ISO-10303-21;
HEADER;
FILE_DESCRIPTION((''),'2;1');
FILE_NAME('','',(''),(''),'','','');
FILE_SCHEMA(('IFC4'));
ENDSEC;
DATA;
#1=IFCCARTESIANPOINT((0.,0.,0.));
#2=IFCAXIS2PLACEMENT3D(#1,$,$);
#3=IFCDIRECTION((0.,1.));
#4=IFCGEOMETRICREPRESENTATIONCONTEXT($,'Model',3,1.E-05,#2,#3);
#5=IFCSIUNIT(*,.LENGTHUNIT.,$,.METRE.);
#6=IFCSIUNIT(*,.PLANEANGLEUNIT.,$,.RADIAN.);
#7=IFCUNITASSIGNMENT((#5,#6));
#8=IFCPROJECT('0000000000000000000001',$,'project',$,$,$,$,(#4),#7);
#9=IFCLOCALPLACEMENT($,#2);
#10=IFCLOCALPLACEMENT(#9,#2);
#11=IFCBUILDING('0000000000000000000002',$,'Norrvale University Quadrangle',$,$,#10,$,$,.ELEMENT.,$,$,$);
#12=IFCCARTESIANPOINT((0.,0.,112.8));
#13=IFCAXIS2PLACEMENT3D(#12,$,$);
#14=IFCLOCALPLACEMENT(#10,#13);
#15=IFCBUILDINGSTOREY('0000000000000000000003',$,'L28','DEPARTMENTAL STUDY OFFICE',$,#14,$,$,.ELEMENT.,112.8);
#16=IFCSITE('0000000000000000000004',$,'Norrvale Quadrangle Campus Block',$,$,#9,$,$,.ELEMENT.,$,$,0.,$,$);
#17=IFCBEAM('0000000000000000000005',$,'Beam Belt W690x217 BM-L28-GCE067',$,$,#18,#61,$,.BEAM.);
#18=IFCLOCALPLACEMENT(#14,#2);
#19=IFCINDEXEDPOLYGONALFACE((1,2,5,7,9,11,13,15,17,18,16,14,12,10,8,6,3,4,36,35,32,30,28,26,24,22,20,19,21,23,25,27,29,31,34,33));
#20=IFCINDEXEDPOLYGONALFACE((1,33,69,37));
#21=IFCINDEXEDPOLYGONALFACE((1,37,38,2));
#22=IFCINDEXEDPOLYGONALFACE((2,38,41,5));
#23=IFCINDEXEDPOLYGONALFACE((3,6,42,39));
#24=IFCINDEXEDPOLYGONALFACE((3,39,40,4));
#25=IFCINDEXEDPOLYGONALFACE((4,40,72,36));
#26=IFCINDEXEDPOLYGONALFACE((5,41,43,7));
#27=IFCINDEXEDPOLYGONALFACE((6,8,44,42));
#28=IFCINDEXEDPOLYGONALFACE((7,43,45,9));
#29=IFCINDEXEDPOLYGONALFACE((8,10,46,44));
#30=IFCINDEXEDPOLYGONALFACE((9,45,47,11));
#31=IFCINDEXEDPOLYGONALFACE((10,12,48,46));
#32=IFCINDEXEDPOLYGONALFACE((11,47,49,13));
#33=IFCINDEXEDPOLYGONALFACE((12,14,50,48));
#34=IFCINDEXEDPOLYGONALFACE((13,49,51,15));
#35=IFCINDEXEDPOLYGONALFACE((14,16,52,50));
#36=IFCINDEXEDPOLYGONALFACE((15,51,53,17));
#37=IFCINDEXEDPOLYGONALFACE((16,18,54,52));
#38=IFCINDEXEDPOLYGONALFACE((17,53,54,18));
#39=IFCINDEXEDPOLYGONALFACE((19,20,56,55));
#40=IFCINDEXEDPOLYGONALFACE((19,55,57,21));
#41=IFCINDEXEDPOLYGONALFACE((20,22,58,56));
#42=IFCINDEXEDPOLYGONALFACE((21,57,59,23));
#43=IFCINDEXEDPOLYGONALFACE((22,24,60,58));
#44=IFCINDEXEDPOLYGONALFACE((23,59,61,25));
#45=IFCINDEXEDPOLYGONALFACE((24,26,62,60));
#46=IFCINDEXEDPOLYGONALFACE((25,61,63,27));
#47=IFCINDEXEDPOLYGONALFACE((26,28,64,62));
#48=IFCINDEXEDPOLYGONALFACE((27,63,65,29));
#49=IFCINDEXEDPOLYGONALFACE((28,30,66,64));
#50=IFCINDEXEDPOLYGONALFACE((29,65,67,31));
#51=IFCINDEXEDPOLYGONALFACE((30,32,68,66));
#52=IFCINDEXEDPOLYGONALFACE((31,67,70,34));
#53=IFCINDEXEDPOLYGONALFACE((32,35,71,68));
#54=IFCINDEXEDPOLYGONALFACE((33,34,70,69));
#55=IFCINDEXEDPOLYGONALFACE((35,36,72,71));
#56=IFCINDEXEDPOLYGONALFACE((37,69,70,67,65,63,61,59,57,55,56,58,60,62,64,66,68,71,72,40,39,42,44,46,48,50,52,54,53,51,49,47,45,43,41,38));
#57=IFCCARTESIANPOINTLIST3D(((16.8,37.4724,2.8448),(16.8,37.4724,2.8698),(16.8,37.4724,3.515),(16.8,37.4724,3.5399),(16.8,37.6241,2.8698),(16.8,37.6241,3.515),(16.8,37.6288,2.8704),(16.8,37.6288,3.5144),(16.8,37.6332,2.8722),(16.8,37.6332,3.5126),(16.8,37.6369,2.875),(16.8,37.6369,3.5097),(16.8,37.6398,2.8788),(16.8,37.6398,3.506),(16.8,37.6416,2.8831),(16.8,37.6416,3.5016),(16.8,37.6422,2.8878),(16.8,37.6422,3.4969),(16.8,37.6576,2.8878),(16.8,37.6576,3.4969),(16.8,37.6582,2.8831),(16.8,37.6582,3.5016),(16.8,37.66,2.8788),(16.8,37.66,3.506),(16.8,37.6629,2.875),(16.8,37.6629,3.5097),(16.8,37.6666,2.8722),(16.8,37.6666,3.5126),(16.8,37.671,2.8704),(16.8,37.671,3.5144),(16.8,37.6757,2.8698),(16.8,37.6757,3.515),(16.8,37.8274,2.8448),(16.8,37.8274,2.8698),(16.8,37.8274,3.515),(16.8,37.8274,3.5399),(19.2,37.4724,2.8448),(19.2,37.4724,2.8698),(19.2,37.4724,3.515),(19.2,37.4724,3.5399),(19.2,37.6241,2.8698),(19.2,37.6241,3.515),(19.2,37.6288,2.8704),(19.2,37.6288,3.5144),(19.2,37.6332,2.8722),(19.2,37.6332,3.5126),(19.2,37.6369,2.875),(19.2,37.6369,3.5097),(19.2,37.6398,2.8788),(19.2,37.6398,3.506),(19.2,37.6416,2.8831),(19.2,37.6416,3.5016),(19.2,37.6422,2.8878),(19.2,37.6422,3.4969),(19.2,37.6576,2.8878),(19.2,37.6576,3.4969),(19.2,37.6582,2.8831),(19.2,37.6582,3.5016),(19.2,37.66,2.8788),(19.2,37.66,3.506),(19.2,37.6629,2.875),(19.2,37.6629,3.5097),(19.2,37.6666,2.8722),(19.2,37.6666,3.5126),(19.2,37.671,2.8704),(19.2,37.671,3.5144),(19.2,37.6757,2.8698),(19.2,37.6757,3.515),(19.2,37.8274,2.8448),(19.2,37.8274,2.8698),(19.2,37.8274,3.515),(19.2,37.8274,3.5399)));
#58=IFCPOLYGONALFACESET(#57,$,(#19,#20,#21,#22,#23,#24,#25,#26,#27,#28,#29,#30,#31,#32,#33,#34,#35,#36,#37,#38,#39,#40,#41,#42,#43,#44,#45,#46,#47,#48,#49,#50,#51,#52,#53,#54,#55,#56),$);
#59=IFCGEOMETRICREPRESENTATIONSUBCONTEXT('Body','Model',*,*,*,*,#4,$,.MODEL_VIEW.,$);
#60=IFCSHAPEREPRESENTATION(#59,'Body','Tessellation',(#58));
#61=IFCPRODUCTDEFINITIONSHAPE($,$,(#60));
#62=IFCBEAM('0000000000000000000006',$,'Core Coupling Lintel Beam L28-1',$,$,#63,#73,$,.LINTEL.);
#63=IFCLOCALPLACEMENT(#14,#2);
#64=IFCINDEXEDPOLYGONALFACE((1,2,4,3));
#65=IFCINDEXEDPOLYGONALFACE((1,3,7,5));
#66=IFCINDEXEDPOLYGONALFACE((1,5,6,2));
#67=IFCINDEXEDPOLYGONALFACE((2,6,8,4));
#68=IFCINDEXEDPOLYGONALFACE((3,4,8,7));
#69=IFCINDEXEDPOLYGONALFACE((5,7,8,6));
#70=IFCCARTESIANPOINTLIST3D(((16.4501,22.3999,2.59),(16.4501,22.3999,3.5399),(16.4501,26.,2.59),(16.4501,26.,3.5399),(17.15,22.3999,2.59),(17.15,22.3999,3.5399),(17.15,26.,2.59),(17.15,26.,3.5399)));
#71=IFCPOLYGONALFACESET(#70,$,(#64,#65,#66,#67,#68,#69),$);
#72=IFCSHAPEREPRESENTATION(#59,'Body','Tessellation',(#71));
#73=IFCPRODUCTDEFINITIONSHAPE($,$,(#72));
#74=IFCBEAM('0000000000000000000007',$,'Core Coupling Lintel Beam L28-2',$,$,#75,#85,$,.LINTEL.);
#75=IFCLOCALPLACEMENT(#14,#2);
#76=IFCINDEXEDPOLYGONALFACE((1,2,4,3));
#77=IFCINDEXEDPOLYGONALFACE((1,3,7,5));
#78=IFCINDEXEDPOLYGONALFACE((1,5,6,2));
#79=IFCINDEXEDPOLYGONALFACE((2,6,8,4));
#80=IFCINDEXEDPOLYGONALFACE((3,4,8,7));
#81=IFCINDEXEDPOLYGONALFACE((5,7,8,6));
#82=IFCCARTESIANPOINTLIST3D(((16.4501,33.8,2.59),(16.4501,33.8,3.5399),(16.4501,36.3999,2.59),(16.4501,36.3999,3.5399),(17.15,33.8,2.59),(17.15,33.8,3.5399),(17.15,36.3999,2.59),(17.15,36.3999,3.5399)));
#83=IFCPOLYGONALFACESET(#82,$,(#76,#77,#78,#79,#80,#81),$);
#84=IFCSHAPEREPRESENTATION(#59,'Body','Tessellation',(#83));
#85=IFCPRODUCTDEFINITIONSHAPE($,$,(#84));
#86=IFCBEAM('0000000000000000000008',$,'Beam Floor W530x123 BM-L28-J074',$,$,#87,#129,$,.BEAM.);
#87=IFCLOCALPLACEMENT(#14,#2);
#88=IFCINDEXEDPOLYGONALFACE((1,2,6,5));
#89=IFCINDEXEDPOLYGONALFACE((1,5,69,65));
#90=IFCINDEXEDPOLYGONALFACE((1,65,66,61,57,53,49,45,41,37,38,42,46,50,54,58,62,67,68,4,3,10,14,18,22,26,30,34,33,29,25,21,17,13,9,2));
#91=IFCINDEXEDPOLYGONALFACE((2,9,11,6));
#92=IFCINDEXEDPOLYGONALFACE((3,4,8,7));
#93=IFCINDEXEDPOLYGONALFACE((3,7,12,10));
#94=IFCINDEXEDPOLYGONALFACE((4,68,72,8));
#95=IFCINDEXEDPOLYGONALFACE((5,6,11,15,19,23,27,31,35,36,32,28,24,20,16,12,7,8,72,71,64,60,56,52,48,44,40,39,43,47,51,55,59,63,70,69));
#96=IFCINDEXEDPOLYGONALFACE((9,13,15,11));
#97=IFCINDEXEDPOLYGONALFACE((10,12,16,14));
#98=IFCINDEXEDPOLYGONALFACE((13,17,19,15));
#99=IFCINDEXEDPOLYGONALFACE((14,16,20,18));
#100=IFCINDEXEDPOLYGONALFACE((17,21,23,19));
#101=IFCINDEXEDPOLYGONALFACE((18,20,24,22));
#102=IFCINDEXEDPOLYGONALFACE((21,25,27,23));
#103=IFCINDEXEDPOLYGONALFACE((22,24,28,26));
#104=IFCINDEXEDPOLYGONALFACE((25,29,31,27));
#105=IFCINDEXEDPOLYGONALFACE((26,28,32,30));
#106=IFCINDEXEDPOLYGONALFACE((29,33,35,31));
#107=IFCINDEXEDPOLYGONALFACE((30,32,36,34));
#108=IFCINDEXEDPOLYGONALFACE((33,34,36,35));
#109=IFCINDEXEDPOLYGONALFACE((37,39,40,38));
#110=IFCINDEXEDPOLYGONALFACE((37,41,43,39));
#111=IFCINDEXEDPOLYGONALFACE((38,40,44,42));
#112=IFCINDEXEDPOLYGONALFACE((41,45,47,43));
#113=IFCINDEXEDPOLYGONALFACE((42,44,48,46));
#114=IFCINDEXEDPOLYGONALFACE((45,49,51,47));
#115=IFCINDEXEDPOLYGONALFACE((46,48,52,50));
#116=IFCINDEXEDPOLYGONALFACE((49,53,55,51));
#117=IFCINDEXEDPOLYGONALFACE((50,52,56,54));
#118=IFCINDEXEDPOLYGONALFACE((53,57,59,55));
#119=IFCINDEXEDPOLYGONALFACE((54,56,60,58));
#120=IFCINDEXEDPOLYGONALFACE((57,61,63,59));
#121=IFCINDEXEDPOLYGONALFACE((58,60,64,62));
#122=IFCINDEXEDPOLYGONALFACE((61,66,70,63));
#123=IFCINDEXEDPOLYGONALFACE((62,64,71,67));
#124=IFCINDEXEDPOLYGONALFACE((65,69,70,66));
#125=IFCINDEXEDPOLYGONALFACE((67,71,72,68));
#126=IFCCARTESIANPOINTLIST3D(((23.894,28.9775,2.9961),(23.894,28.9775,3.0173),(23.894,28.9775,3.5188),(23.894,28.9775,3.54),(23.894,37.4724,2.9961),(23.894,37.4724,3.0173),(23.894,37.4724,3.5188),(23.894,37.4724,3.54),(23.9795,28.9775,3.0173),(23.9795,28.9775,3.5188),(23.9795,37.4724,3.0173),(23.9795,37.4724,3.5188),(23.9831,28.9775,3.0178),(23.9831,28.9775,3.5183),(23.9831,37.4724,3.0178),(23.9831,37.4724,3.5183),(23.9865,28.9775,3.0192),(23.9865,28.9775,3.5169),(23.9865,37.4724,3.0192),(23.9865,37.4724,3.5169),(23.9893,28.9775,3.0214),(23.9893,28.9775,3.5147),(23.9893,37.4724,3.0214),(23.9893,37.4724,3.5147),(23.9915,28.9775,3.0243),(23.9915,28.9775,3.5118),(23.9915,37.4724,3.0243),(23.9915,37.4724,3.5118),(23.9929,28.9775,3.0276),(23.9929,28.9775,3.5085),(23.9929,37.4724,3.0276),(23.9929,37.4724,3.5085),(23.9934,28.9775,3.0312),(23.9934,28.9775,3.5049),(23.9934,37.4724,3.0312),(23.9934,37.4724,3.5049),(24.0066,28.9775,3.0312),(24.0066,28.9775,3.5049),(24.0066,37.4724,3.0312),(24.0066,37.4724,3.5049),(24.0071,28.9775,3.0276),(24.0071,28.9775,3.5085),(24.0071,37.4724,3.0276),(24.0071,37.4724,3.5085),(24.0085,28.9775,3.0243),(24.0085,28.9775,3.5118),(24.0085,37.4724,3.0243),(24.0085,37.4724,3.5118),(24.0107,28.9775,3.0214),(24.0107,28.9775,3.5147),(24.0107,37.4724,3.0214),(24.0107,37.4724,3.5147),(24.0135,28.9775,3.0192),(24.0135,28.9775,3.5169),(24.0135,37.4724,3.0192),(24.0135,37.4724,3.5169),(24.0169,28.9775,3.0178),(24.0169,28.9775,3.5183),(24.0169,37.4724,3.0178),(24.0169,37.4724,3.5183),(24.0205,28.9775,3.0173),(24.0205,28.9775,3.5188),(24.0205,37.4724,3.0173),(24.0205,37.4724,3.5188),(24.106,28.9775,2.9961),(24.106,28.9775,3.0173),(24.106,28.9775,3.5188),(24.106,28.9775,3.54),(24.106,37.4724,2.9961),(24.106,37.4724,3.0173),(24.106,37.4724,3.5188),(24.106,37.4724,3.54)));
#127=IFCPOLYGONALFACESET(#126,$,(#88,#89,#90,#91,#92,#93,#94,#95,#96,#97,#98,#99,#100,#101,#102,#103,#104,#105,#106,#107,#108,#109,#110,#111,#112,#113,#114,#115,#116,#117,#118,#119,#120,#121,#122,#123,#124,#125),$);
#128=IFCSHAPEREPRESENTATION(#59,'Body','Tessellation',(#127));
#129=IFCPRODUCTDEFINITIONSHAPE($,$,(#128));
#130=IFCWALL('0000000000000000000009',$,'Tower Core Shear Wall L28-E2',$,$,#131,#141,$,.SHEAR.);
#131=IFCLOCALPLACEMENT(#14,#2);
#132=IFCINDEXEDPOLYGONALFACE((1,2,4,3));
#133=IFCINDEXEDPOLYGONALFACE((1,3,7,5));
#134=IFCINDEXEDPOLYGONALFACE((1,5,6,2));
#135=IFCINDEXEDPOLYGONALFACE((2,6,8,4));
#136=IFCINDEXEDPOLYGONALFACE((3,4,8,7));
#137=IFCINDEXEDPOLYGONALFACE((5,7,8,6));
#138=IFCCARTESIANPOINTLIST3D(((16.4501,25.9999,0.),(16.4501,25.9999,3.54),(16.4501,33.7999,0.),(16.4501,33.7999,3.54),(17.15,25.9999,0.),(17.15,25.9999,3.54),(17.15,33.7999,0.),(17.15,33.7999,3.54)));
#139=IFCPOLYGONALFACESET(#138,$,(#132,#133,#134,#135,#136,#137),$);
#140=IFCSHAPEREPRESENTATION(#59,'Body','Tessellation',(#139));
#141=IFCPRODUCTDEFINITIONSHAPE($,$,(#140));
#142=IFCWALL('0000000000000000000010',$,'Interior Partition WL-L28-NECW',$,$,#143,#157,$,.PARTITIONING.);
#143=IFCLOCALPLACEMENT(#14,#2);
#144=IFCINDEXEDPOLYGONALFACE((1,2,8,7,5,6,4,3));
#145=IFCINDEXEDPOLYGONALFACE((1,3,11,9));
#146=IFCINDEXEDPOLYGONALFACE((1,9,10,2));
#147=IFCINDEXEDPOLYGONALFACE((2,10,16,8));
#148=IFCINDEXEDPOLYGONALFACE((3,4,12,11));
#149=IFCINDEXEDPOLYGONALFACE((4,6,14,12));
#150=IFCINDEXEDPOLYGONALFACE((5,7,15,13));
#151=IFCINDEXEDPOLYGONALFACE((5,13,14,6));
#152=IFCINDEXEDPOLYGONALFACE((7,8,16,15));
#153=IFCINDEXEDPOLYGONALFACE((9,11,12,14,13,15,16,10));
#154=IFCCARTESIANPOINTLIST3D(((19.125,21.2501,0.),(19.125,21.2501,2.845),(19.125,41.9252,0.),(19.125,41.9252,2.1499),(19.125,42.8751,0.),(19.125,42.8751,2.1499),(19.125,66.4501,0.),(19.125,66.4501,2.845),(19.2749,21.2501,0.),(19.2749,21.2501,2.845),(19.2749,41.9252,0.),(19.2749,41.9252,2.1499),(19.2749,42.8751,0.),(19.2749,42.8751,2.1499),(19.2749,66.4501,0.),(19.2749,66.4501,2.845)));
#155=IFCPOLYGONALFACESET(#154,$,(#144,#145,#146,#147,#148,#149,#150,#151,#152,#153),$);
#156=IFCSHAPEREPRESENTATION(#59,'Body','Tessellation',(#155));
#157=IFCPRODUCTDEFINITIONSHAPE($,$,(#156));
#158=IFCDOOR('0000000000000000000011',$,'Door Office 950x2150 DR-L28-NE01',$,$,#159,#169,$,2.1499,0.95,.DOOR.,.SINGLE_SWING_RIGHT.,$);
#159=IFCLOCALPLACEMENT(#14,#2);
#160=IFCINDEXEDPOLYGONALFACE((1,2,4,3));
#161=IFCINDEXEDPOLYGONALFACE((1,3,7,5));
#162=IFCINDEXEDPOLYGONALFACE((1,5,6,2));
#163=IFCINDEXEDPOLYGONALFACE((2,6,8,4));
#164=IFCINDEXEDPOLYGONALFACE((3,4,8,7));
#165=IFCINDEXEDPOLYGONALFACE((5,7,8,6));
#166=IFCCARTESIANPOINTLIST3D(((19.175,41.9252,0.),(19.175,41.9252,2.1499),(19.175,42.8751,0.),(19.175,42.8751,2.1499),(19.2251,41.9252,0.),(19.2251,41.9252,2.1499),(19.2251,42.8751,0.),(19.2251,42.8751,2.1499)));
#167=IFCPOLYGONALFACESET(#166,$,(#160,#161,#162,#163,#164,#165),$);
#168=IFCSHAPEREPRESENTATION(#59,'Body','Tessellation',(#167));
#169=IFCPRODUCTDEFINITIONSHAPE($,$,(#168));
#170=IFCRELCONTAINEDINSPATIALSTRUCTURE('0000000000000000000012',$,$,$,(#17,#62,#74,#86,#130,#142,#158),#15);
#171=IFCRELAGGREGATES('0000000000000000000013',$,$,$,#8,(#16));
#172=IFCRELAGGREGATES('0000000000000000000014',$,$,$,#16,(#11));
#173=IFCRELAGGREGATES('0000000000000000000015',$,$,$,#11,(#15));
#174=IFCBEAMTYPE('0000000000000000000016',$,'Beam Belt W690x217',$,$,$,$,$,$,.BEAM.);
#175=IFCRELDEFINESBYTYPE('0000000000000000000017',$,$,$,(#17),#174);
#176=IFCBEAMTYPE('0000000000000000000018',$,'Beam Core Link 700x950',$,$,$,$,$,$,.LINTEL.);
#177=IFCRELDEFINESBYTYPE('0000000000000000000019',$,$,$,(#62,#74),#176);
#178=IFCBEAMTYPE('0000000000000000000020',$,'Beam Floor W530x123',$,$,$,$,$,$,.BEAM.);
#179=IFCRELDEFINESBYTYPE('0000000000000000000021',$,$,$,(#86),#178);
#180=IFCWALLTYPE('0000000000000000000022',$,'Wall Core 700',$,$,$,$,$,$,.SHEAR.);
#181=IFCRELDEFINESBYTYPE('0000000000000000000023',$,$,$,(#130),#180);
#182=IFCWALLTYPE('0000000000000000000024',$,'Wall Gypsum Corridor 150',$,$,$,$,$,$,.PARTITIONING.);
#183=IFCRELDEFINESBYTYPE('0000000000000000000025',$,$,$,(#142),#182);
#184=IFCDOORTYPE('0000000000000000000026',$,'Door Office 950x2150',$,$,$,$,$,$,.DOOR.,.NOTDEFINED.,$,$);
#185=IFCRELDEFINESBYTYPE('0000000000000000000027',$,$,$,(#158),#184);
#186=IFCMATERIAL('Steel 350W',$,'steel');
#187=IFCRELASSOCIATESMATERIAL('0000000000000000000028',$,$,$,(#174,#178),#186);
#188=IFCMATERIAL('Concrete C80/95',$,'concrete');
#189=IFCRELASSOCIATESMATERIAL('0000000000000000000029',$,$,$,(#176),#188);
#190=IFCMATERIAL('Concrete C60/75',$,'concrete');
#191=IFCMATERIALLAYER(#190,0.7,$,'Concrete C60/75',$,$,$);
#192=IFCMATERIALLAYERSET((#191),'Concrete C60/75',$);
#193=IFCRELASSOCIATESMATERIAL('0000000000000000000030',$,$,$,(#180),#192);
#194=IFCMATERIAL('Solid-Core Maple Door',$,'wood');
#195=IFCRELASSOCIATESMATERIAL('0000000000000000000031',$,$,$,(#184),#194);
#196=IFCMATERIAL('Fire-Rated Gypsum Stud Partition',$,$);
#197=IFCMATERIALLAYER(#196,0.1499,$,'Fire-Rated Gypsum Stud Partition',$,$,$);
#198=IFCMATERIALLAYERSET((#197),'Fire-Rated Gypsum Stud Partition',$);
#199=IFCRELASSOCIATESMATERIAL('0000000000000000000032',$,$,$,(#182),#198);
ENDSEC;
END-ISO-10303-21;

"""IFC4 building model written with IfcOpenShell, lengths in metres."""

from ifc_helpers import new_model, si_unit, direction, frame, frame_2d, origin, origin_2d, place, context, subcontext, project, spatial, rectangle, i_section, extrude, material, layer, layer_set, material_profile, profile_set, type_object, element, fill, save


model = new_model("IFC4")

# Units and contexts
model_context = context("Model", 3, precision=1e-05, world=origin(), true_north=direction((0.0, 1.0)))
body_context = subcontext(model_context, "Body", "Model", "MODEL_VIEW")
ifc_project = project(units=[si_unit("LENGTHUNIT", "METRE"), si_unit("PLANEANGLEUNIT", "RADIAN")], contexts=[model_context])

# Site, building, storey
site_placement = place(None, origin())
site = spatial("IfcSite", under=ifc_project, at=site_placement, Name="Norrvale Quadrangle Campus Block", CompositionType="ELEMENT", RefElevation=0.0)
building_placement = place(site_placement, origin())
building = spatial("IfcBuilding", under=site, at=building_placement, Name="Norrvale University Quadrangle", CompositionType="ELEMENT")
storey_placement = place(building_placement, frame((0.0, 0.0, 112.8)))
storey = spatial("IfcBuildingStorey", under=building, at=storey_placement, Name="L28", Description="DEPARTMENTAL STUDY OFFICE", CompositionType="ELEMENT", Elevation=112.8)

# Shared definitions
ifc_material_1 = material(Name="Concrete C60/75", Category="concrete")

# Beams
ifc_material_2 = material(Name="Steel 350W", Category="steel")
ifc_material_profile_1 = material_profile(ifc_material_2, i_section(OverallWidth=0.355, OverallDepth=0.6951, WebThickness=0.0154, FlangeThickness=0.0249, FilletRadius=0.0181, at=origin_2d()), Name="Steel 350W")
ifc_profile_set_1 = profile_set([ifc_material_profile_1], Name="Steel 350W")
beam_type_1 = type_object("IfcBeamType", Name="Beam Belt W690x217", PredefinedType="BEAM", material=ifc_profile_set_1)
for number, where, z_axis, x_axis, name in (
    (1, (16.8, 37.6499, 3.1924), (1.0, 0.0, 0.0), (0.0, 1.0, 0.0), "Beam Belt W690x217 BM-L28-GCE067"),
):
    element("IfcBeam", number, at=place(storey_placement, frame(where, z_axis=z_axis, x_axis=x_axis)), inside=storey, type_object=beam_type_1, Name=name, PredefinedType="BEAM", context=body_context, shape_type="SweptSolid", body=[
        extrude(i_section(OverallWidth=0.355, OverallDepth=0.6951, WebThickness=0.0154, FlangeThickness=0.0249, FilletRadius=0.0181, at=origin_2d()), origin(), (0.0, 0.0, 1.0), 2.3999),
    ])
ifc_material_3 = material(Name="Concrete C80/95", Category="concrete")
ifc_material_profile_2 = material_profile(ifc_material_3, rectangle(XDim=0.7, YDim=0.95, at=origin_2d()), Name="Concrete C80/95")
ifc_profile_set_2 = profile_set([ifc_material_profile_2], Name="Concrete C80/95")
beam_type_2 = type_object("IfcBeamType", Name="Beam Core Link 700x950", PredefinedType="LINTEL", material=ifc_profile_set_2)
beam_1_placement = place(storey_placement, frame((16.8, 22.3999, 3.0649), z_axis=(0.0, 1.0, 0.0), x_axis=(-1.0, 0.0, 0.0)))
element("IfcBeam", 2, at=beam_1_placement, inside=storey, type_object=beam_type_2, Name="Core Coupling Lintel Beam L28-1", PredefinedType="LINTEL", context=body_context, shape_type="SweptSolid", body=[
    extrude(rectangle(XDim=0.7, YDim=0.95, at=origin_2d()), origin(), (0.0, 0.0, 1.0), 3.6001),
])
beam_2_placement = place(storey_placement, frame((16.8, 33.8, 3.0649), z_axis=(0.0, 1.0, 0.0), x_axis=(-1.0, 0.0, 0.0)))
element("IfcBeam", 3, at=beam_2_placement, inside=storey, type_object=beam_type_2, Name="Core Coupling Lintel Beam L28-2", PredefinedType="LINTEL", context=body_context, shape_type="SweptSolid", body=[
    extrude(rectangle(XDim=0.7, YDim=0.95, at=origin_2d()), origin(), (0.0, 0.0, 1.0), 2.5999),
])
ifc_material_profile_3 = material_profile(ifc_material_2, i_section(OverallWidth=0.2119, OverallDepth=0.5439, WebThickness=0.0132, FlangeThickness=0.0212, FilletRadius=0.0139, at=origin_2d()), Name="Steel 350W")
ifc_profile_set_3 = profile_set([ifc_material_profile_3], Name="Steel 350W")
beam_type_3 = type_object("IfcBeamType", Name="Beam Floor W530x123", PredefinedType="BEAM", material=ifc_profile_set_3)
beam_3_placement = place(storey_placement, frame((24.0, 28.9775, 3.2681), z_axis=(0.0, 1.0, 0.0), x_axis=(-1.0, 0.0, 0.0)))
element("IfcBeam", 4, at=beam_3_placement, inside=storey, type_object=beam_type_3, Name="Beam Floor W530x123 BM-L28-J074", PredefinedType="BEAM", context=body_context, shape_type="SweptSolid", body=[
    extrude(i_section(OverallWidth=0.2119, OverallDepth=0.5439, WebThickness=0.0132, FlangeThickness=0.0212, FilletRadius=0.0139, at=origin_2d()), origin(), (0.0, 0.0, 1.0), 8.4949),
])

# Wall
ifc_layer_1 = layer(ifc_material_1, 0.7, Name="Concrete C60/75")
ifc_layer_set_1 = layer_set([ifc_layer_1], Name="Concrete C60/75")
wall_type_1 = type_object("IfcWallType", Name="Wall Core 700", PredefinedType="SHEAR", material=ifc_layer_set_1)
wall_1_placement = place(storey_placement, frame((16.8, 26.0, 0.0), z_axis=(0.0, 0.0, 1.0), x_axis=(0.0, 1.0, 0.0)))
element("IfcWall", 5, at=wall_1_placement, inside=storey, type_object=wall_type_1, Name="Tower Core Shear Wall L28-E2", PredefinedType="SHEAR", context=body_context, shape_type="SweptSolid", body=[
    extrude(rectangle(XDim=7.8, YDim=0.7, at=frame_2d((3.8999, 0.0))), origin(), (0.0, 0.0, 1.0), 3.54),
])

# Wall, opening, door
ifc_material_4 = material(Name="Solid-Core Maple Door", Category="wood")
door_type_1 = type_object("IfcDoorType", Name="Door Office 950x2150", OperationType="NOTDEFINED", PredefinedType="DOOR", material=ifc_material_4)
ifc_material_5 = material(Name="Fire-Rated Gypsum Stud Partition")
ifc_layer_2 = layer(ifc_material_5, 0.1499, Name="Fire-Rated Gypsum Stud Partition")
ifc_layer_set_2 = layer_set([ifc_layer_2], Name="Fire-Rated Gypsum Stud Partition")
wall_type_2 = type_object("IfcWallType", Name="Wall Gypsum Corridor 150", PredefinedType="PARTITIONING", material=ifc_layer_set_2)
wall_2_placement = place(storey_placement, frame((19.2, 21.25, 0.0), z_axis=(0.0, 0.0, 1.0), x_axis=(0.0, 1.0, 0.0)))
wall_2 = element("IfcWall", 6, at=wall_2_placement, inside=storey, type_object=wall_type_2, Name="Interior Partition WL-L28-NECW", PredefinedType="PARTITIONING", context=body_context, shape_type="SweptSolid", body=[
    extrude(rectangle(XDim=45.2, YDim=0.1499, at=frame_2d((22.6001, 0.0))), origin(), (0.0, 0.0, 1.0), 2.845),
])
opening_1_placement = place(wall_2_placement, frame((20.675, 0.0, 0.0)))
opening_1 = element("IfcOpeningElement", 7, at=opening_1_placement, cuts=wall_2, PredefinedType="OPENING", context=body_context, shape_type="SweptSolid", body=[
    extrude(rectangle(XDim=0.95, YDim=2.1499, at=frame_2d((0.4751, 1.075))), frame((0.0, 0.0869, 0.0), z_axis=(0.0, -1.0, 0.0), x_axis=(1.0, 0.0, 0.0)), (0.0, 0.0, 1.0), 0.1738),
])
door_1_placement = place(opening_1_placement, origin())
door_1 = element("IfcDoor", 8, at=door_1_placement, inside=storey, type_object=door_type_1, Name="Door Office 950x2150 DR-L28-NE01", OperationType="SINGLE_SWING_RIGHT", OverallHeight=2.1499, OverallWidth=0.95, PredefinedType="DOOR", context=body_context, shape_type="SweptSolid", body=[
    extrude(rectangle(XDim=0.95, YDim=2.1499, at=frame_2d((0.4751, 1.075))), frame((0.0, 0.0249, 0.0), z_axis=(0.0, -1.0, 0.0), x_axis=(1.0, 0.0, 0.0)), (0.0, 0.0, 1.0), 0.05),
])
fill(opening_1, door_1)

save(model, "model.ifc")
